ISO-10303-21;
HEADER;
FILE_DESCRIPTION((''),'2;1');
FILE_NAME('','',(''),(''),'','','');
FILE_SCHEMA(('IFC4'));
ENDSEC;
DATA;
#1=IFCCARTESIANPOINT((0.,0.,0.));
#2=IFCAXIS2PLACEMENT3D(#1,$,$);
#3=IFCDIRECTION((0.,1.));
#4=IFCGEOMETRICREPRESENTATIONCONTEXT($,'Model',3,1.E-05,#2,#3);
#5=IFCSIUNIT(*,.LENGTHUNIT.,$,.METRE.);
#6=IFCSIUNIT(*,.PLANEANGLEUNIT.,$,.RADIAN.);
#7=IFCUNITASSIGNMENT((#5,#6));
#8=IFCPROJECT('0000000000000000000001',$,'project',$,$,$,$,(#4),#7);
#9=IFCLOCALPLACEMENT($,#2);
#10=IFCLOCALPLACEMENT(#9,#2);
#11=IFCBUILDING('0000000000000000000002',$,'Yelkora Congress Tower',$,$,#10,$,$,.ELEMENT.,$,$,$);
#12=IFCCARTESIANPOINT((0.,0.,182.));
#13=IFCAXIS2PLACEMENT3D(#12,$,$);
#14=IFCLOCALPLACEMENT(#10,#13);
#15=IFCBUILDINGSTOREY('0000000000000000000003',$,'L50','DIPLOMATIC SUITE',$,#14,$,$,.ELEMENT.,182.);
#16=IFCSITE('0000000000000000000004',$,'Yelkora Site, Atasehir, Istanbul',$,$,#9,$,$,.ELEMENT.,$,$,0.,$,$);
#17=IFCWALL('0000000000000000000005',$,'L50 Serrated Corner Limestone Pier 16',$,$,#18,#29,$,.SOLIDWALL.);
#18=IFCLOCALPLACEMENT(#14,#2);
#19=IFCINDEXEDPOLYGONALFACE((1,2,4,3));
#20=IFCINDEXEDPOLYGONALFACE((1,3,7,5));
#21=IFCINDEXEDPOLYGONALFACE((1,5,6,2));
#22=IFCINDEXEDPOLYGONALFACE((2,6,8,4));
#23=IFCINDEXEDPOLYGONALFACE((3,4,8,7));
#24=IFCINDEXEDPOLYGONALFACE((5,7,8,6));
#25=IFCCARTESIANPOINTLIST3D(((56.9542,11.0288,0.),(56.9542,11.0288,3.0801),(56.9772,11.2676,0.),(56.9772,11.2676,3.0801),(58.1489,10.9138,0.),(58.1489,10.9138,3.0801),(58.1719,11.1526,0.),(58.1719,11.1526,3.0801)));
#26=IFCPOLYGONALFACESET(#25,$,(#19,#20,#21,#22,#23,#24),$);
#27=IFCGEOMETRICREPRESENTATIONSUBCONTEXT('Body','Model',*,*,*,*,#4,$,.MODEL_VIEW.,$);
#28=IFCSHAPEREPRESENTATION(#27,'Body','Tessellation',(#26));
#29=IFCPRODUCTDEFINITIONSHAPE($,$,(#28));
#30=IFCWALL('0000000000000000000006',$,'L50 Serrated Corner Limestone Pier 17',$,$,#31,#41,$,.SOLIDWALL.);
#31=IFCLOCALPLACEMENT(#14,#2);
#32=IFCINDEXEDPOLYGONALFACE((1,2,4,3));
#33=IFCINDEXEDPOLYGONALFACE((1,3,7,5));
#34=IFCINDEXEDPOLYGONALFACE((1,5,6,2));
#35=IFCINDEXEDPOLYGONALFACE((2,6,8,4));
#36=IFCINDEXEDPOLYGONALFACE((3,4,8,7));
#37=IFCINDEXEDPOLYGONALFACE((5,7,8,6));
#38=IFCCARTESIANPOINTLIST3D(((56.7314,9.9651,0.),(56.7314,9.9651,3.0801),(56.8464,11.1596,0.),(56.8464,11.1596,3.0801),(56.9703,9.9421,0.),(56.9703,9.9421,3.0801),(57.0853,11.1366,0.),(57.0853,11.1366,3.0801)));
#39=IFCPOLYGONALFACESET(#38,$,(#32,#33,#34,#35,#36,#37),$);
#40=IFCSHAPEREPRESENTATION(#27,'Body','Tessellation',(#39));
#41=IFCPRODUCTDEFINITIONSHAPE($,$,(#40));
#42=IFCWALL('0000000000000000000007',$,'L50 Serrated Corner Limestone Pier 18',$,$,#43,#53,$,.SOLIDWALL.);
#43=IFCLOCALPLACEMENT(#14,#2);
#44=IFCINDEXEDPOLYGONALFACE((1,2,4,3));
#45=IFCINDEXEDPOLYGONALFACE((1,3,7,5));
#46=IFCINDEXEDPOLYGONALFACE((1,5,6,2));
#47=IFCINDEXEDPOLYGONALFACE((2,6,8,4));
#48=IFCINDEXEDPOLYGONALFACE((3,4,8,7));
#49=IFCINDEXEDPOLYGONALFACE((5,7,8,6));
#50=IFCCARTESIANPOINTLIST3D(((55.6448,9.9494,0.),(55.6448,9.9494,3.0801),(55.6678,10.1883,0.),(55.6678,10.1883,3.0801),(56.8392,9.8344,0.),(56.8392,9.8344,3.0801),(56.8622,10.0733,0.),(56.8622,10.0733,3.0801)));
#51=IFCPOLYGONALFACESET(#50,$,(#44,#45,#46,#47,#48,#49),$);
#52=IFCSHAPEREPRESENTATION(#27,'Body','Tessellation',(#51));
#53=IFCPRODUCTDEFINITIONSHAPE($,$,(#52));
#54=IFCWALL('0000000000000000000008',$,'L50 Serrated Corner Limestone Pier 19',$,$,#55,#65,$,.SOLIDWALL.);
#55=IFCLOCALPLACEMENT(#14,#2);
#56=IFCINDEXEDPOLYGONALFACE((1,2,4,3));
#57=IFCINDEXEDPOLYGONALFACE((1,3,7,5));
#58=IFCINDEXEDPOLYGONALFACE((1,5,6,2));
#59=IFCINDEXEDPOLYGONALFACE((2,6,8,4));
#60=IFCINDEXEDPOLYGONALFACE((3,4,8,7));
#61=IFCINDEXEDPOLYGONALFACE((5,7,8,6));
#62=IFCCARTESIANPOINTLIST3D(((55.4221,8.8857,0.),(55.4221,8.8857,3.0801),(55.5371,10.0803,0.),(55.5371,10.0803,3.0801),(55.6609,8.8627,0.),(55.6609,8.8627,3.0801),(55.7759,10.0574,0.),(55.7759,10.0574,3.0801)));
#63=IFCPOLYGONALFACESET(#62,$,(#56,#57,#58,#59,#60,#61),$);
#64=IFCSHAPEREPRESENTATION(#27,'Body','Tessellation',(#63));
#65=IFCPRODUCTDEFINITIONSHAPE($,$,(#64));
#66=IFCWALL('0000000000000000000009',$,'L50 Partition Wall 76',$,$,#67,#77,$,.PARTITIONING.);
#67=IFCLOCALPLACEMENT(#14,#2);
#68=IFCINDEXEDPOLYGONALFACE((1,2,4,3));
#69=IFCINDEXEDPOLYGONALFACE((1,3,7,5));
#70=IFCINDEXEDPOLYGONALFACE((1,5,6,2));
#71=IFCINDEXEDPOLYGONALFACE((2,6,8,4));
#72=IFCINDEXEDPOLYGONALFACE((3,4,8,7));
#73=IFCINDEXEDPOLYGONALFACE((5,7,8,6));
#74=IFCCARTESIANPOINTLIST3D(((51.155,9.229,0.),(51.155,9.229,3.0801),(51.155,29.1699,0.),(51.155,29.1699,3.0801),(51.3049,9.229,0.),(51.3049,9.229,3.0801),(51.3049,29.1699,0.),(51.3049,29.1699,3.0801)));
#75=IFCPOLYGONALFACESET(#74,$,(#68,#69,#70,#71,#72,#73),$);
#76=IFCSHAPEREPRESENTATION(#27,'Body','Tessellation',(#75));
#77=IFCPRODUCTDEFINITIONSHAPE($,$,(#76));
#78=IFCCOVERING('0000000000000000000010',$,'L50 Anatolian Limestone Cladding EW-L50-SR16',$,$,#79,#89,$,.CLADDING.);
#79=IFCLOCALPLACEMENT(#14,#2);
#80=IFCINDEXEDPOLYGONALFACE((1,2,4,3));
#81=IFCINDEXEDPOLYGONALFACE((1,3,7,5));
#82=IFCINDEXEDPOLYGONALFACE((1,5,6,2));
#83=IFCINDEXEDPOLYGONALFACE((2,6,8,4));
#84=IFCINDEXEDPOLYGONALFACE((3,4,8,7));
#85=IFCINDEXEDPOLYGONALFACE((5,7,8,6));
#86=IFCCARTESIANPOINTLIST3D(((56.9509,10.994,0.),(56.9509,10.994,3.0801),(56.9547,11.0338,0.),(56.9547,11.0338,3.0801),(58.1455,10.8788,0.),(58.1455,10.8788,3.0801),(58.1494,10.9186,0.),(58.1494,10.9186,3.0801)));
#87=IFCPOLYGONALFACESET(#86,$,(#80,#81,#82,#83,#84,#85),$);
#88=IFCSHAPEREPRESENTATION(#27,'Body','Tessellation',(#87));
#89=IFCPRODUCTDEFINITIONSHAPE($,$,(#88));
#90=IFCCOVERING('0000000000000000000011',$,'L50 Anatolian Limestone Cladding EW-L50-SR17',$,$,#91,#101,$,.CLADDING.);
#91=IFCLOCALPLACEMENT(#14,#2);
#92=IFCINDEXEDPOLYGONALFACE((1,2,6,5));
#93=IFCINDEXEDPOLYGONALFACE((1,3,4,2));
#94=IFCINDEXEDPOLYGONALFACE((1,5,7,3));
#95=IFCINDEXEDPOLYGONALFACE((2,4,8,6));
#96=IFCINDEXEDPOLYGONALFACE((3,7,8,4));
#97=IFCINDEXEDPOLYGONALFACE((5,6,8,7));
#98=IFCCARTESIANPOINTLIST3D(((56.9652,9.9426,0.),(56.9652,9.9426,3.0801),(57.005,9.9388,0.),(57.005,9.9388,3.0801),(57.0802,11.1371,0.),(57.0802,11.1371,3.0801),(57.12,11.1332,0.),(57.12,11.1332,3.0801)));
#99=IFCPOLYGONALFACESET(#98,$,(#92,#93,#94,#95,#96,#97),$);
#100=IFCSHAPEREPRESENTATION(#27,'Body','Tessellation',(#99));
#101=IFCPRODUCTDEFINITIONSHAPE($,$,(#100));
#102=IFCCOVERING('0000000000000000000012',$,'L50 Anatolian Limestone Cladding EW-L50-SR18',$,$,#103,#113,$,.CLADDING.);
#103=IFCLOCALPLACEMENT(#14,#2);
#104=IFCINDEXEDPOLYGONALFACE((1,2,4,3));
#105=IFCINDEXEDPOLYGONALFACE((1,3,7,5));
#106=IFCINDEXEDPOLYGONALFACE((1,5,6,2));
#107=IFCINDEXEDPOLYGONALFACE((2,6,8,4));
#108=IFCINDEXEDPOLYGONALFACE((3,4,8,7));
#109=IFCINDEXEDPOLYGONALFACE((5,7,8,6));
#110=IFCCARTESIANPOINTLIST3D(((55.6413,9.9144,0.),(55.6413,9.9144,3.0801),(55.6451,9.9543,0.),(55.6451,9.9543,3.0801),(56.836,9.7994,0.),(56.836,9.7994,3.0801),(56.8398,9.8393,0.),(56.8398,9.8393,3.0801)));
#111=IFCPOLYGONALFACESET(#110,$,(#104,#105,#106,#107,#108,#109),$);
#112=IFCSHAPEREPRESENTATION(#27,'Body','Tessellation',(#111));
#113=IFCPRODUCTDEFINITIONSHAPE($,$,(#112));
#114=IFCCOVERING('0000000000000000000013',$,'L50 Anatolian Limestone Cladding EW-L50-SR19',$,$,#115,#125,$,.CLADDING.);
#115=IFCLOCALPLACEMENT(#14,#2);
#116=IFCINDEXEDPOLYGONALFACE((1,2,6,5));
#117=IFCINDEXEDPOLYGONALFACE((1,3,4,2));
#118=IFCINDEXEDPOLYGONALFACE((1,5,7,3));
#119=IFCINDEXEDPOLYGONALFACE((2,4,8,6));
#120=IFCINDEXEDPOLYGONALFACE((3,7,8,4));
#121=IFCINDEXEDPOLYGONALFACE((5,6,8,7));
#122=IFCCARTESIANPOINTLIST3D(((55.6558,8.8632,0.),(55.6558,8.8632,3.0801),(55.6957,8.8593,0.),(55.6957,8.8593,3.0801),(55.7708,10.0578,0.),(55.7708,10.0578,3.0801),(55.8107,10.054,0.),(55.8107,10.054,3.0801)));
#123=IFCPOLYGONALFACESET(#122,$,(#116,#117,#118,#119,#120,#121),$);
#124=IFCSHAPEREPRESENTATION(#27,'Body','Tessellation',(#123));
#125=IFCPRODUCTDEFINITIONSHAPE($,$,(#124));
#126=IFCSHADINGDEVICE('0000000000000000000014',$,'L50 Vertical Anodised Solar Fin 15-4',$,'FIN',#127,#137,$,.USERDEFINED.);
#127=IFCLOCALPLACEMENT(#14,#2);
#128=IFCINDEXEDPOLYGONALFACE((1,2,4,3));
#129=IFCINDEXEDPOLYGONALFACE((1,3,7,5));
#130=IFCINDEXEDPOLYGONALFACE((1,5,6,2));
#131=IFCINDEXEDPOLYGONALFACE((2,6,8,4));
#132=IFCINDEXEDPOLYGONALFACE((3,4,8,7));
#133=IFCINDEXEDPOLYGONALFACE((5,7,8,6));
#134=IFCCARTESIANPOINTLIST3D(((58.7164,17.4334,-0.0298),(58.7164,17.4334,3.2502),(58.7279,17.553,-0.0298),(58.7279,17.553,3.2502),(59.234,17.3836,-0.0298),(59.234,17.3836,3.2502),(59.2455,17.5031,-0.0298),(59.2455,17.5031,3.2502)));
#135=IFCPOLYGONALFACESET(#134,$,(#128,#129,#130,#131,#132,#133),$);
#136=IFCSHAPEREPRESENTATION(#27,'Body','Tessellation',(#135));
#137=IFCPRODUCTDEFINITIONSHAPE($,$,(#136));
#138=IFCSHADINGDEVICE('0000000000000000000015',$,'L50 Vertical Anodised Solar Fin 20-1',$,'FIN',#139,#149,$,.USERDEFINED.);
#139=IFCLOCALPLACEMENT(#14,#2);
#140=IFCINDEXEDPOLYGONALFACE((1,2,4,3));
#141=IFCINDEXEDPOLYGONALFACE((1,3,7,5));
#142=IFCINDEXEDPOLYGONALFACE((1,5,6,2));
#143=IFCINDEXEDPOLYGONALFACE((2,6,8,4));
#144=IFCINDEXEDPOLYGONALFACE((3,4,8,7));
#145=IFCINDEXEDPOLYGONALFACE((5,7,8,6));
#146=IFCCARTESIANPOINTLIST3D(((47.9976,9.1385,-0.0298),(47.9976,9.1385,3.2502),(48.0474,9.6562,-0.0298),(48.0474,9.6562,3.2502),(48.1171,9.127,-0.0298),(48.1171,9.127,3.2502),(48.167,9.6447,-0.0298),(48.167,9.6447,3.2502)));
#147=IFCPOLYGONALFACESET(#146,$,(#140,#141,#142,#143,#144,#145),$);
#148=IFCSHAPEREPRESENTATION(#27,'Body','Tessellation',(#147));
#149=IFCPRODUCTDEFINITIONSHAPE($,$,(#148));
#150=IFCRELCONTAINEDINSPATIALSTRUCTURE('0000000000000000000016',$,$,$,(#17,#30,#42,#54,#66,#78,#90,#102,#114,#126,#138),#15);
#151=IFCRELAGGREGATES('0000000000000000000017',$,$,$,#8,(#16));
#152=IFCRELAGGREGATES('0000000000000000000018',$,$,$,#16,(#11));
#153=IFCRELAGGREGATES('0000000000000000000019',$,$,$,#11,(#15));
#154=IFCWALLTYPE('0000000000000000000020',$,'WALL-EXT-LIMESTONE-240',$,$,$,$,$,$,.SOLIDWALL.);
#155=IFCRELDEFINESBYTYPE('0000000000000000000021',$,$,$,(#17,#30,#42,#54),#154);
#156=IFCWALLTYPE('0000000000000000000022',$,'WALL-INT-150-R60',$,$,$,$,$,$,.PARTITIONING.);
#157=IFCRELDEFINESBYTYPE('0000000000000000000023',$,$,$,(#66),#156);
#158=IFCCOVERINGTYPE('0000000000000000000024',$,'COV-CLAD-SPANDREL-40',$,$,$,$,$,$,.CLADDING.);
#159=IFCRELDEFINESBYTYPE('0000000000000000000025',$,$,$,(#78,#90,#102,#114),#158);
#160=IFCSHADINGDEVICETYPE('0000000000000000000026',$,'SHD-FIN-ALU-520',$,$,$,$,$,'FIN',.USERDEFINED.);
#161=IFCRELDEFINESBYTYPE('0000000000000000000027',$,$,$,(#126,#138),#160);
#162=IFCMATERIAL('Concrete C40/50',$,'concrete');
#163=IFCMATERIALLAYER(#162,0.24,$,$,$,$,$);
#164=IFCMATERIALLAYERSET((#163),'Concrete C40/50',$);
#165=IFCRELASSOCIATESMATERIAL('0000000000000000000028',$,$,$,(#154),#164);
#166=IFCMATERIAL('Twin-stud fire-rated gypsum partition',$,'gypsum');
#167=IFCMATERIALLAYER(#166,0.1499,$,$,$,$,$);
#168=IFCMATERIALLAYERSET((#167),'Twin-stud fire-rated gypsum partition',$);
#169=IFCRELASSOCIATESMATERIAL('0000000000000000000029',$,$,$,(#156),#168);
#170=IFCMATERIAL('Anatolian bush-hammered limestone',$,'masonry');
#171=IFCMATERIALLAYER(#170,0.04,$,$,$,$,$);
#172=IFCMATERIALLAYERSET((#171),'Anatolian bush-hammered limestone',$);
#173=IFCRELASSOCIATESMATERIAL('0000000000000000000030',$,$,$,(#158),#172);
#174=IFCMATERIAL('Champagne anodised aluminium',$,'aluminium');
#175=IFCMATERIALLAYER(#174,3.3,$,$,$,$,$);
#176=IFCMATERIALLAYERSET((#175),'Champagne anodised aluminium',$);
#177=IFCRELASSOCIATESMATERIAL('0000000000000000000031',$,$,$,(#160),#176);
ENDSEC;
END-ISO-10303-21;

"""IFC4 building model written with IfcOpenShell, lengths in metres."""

from ifc_helpers import new_model, si_unit, direction, frame, frame_2d, origin, origin_2d, place, context, subcontext, project, spatial, rectangle, extrude, material, layer, layer_set, type_object, element, save


model = new_model("IFC4")

# Units and contexts
model_context = context("Model", 3, precision=1e-05, world=origin(), true_north=direction((0.0, 1.0)))
body_context = subcontext(model_context, "Body", "Model", "MODEL_VIEW")
ifc_project = project(units=[si_unit("LENGTHUNIT", "METRE"), si_unit("PLANEANGLEUNIT", "RADIAN")], contexts=[model_context])

# Site, building, storey
site_placement = place(None, origin())
site = spatial("IfcSite", under=ifc_project, at=site_placement, Name="Yelkora Site, Atasehir, Istanbul", CompositionType="ELEMENT", RefElevation=0.0)
building_placement = place(site_placement, origin())
building = spatial("IfcBuilding", under=site, at=building_placement, Name="Yelkora Congress Tower", CompositionType="ELEMENT")
storey_placement = place(building_placement, frame((0.0, 0.0, 182.0)))
storey = spatial("IfcBuildingStorey", under=building, at=storey_placement, Name="L50", Description="DIPLOMATIC SUITE", CompositionType="ELEMENT", Elevation=182.0)

# Walls
ifc_material_1 = material(Name="Concrete C40/50", Category="concrete")
ifc_layer_1 = layer(ifc_material_1, 0.24)
ifc_layer_set_1 = layer_set([ifc_layer_1], Name="Concrete C40/50")
wall_type_1 = type_object("IfcWallType", Name="WALL-EXT-LIMESTONE-240", PredefinedType="SOLIDWALL", material=ifc_layer_set_1)
wall_1_placement = place(storey_placement, frame((58.1604, 11.0332, 0.0), z_axis=(0.0, 0.0, 1.0), x_axis=(-0.995399, 0.095817, 0.0)))
element("IfcWall", 1, at=wall_1_placement, inside=storey, type_object=wall_type_1, Name="L50 Serrated Corner Limestone Pier 16", PredefinedType="SOLIDWALL", context=body_context, shape_type="SweptSolid", body=[
    extrude(rectangle(XDim=1.2002, YDim=0.24, at=frame_2d((0.6001, 0.0))), origin(), (0.0, 0.0, 1.0), 3.0801),
])
for number, where, z_axis, x_axis, name in (
    (2, (56.9658, 11.1482, 0.0), (0.0, 0.0, 1.0), (-0.095836, -0.995397, 0.0), "L50 Serrated Corner Limestone Pier 17"),
    (3, (56.8508, 9.9539, 0.0), (0.0, 0.0, 1.0), (-0.995397, 0.095836, 0.0), "L50 Serrated Corner Limestone Pier 18"),
):
    element("IfcWall", number, at=place(storey_placement, frame(where, z_axis=z_axis, x_axis=x_axis)), inside=storey, type_object=wall_type_1, Name=name, PredefinedType="SOLIDWALL", context=body_context, shape_type="SweptSolid", body=[
        extrude(rectangle(XDim=1.2, YDim=0.24, at=frame_2d((0.6001, 0.0))), origin(), (0.0, 0.0, 1.0), 3.0801),
    ])
wall_2_placement = place(storey_placement, frame((55.6565, 10.0688, 0.0), z_axis=(0.0, 0.0, 1.0), x_axis=(-0.095817, -0.995399, 0.0)))
element("IfcWall", 4, at=wall_2_placement, inside=storey, type_object=wall_type_1, Name="L50 Serrated Corner Limestone Pier 19", PredefinedType="SOLIDWALL", context=body_context, shape_type="SweptSolid", body=[
    extrude(rectangle(XDim=1.2002, YDim=0.24, at=frame_2d((0.6001, 0.0))), origin(), (0.0, 0.0, 1.0), 3.0801),
])
ifc_material_2 = material(Name="Twin-stud fire-rated gypsum partition", Category="gypsum")
ifc_layer_2 = layer(ifc_material_2, 0.1499)
ifc_layer_set_2 = layer_set([ifc_layer_2], Name="Twin-stud fire-rated gypsum partition")
wall_type_2 = type_object("IfcWallType", Name="WALL-INT-150-R60", PredefinedType="PARTITIONING", material=ifc_layer_set_2)
wall_3_placement = place(storey_placement, frame((51.23, 9.229, 0.0), z_axis=(0.0, 0.0, 1.0), x_axis=(0.0, 1.0, 0.0)))
element("IfcWall", 5, at=wall_3_placement, inside=storey, type_object=wall_type_2, Name="L50 Partition Wall 76", PredefinedType="PARTITIONING", context=body_context, shape_type="SweptSolid", body=[
    extrude(rectangle(XDim=19.9409, YDim=0.1499, at=frame_2d((9.9705, 0.0))), origin(), (0.0, 0.0, 1.0), 3.0801),
])

# Coverings
ifc_material_3 = material(Name="Anatolian bush-hammered limestone", Category="masonry")
ifc_layer_3 = layer(ifc_material_3, 0.04)
ifc_layer_set_3 = layer_set([ifc_layer_3], Name="Anatolian bush-hammered limestone")
covering_type = type_object("IfcCoveringType", Name="COV-CLAD-SPANDREL-40", PredefinedType="CLADDING", material=ifc_layer_set_3)
covering_1_placement = place(storey_placement, frame((58.1475, 10.8987, 0.0), z_axis=(0.0, 0.0, 1.0), x_axis=(-0.99538, 0.096019, 0.0)))
element("IfcCovering", 6, at=covering_1_placement, inside=storey, type_object=covering_type, Name="L50 Anatolian Limestone Cladding EW-L50-SR16", PredefinedType="CLADDING", context=body_context, shape_type="SweptSolid", body=[
    extrude(rectangle(XDim=1.2002, YDim=0.04, at=frame_2d((0.6001, 0.0))), origin(), (0.0, 0.0, 1.0), 3.0801),
])
covering_2_placement = place(storey_placement, frame((57.1001, 11.1353, 0.0), z_axis=(0.0, 0.0, 1.0), x_axis=(-0.095836, -0.995397, 0.0)))
element("IfcCovering", 7, at=covering_2_placement, inside=storey, type_object=covering_type, Name="L50 Anatolian Limestone Cladding EW-L50-SR17", PredefinedType="CLADDING", context=body_context, shape_type="SweptSolid", body=[
    extrude(rectangle(XDim=1.2, YDim=0.04, at=frame_2d((0.6001, 0.0))), origin(), (0.0, 0.0, 1.0), 3.0801),
])
for number, where, z_axis, x_axis, name in (
    (8, (56.8379, 9.8193, 0.0), (0.0, 0.0, 1.0), (-0.995399, 0.095817, 0.0), "L50 Anatolian Limestone Cladding EW-L50-SR18"),
    (9, (55.7908, 10.0559, 0.0), (0.0, 0.0, 1.0), (-0.095817, -0.995399, 0.0), "L50 Anatolian Limestone Cladding EW-L50-SR19"),
):
    element("IfcCovering", number, at=place(storey_placement, frame(where, z_axis=z_axis, x_axis=x_axis)), inside=storey, type_object=covering_type, Name=name, PredefinedType="CLADDING", context=body_context, shape_type="SweptSolid", body=[
        extrude(rectangle(XDim=1.2002, YDim=0.04, at=frame_2d((0.6001, 0.0))), origin(), (0.0, 0.0, 1.0), 3.0801),
    ])

# Shading devices
ifc_material_4 = material(Name="Champagne anodised aluminium", Category="aluminium")
ifc_layer_4 = layer(ifc_material_4, 3.3)
ifc_layer_set_4 = layer_set([ifc_layer_4], Name="Champagne anodised aluminium")
shading_device_type = type_object("IfcShadingDeviceType", Name="SHD-FIN-ALU-520", ElementType="FIN", PredefinedType="USERDEFINED", material=ifc_layer_set_4)
for number, where, z_axis, x_axis, name in (
    (10, (58.981, 17.4683, -0.0298), (0.0, 0.0, 1.0), (-0.095846, -0.995396, 0.0), "L50 Vertical Anodised Solar Fin 15-4"),
    (11, (48.0823, 9.3916, -0.0298), (0.0, 0.0, 1.0), (-0.995396, 0.095846, 0.0), "L50 Vertical Anodised Solar Fin 20-1"),
):
    element("IfcShadingDevice", number, at=place(storey_placement, frame(where, z_axis=z_axis, x_axis=x_axis)), inside=storey, type_object=shading_device_type, Name=name, ObjectType="FIN", PredefinedType="USERDEFINED", context=body_context, shape_type="SweptSolid", body=[
        extrude(rectangle(XDim=0.1201, YDim=0.52, at=origin_2d()), origin(), (0.0, 0.0, 1.0), 3.28),
    ])

save(model, "model.ifc")
